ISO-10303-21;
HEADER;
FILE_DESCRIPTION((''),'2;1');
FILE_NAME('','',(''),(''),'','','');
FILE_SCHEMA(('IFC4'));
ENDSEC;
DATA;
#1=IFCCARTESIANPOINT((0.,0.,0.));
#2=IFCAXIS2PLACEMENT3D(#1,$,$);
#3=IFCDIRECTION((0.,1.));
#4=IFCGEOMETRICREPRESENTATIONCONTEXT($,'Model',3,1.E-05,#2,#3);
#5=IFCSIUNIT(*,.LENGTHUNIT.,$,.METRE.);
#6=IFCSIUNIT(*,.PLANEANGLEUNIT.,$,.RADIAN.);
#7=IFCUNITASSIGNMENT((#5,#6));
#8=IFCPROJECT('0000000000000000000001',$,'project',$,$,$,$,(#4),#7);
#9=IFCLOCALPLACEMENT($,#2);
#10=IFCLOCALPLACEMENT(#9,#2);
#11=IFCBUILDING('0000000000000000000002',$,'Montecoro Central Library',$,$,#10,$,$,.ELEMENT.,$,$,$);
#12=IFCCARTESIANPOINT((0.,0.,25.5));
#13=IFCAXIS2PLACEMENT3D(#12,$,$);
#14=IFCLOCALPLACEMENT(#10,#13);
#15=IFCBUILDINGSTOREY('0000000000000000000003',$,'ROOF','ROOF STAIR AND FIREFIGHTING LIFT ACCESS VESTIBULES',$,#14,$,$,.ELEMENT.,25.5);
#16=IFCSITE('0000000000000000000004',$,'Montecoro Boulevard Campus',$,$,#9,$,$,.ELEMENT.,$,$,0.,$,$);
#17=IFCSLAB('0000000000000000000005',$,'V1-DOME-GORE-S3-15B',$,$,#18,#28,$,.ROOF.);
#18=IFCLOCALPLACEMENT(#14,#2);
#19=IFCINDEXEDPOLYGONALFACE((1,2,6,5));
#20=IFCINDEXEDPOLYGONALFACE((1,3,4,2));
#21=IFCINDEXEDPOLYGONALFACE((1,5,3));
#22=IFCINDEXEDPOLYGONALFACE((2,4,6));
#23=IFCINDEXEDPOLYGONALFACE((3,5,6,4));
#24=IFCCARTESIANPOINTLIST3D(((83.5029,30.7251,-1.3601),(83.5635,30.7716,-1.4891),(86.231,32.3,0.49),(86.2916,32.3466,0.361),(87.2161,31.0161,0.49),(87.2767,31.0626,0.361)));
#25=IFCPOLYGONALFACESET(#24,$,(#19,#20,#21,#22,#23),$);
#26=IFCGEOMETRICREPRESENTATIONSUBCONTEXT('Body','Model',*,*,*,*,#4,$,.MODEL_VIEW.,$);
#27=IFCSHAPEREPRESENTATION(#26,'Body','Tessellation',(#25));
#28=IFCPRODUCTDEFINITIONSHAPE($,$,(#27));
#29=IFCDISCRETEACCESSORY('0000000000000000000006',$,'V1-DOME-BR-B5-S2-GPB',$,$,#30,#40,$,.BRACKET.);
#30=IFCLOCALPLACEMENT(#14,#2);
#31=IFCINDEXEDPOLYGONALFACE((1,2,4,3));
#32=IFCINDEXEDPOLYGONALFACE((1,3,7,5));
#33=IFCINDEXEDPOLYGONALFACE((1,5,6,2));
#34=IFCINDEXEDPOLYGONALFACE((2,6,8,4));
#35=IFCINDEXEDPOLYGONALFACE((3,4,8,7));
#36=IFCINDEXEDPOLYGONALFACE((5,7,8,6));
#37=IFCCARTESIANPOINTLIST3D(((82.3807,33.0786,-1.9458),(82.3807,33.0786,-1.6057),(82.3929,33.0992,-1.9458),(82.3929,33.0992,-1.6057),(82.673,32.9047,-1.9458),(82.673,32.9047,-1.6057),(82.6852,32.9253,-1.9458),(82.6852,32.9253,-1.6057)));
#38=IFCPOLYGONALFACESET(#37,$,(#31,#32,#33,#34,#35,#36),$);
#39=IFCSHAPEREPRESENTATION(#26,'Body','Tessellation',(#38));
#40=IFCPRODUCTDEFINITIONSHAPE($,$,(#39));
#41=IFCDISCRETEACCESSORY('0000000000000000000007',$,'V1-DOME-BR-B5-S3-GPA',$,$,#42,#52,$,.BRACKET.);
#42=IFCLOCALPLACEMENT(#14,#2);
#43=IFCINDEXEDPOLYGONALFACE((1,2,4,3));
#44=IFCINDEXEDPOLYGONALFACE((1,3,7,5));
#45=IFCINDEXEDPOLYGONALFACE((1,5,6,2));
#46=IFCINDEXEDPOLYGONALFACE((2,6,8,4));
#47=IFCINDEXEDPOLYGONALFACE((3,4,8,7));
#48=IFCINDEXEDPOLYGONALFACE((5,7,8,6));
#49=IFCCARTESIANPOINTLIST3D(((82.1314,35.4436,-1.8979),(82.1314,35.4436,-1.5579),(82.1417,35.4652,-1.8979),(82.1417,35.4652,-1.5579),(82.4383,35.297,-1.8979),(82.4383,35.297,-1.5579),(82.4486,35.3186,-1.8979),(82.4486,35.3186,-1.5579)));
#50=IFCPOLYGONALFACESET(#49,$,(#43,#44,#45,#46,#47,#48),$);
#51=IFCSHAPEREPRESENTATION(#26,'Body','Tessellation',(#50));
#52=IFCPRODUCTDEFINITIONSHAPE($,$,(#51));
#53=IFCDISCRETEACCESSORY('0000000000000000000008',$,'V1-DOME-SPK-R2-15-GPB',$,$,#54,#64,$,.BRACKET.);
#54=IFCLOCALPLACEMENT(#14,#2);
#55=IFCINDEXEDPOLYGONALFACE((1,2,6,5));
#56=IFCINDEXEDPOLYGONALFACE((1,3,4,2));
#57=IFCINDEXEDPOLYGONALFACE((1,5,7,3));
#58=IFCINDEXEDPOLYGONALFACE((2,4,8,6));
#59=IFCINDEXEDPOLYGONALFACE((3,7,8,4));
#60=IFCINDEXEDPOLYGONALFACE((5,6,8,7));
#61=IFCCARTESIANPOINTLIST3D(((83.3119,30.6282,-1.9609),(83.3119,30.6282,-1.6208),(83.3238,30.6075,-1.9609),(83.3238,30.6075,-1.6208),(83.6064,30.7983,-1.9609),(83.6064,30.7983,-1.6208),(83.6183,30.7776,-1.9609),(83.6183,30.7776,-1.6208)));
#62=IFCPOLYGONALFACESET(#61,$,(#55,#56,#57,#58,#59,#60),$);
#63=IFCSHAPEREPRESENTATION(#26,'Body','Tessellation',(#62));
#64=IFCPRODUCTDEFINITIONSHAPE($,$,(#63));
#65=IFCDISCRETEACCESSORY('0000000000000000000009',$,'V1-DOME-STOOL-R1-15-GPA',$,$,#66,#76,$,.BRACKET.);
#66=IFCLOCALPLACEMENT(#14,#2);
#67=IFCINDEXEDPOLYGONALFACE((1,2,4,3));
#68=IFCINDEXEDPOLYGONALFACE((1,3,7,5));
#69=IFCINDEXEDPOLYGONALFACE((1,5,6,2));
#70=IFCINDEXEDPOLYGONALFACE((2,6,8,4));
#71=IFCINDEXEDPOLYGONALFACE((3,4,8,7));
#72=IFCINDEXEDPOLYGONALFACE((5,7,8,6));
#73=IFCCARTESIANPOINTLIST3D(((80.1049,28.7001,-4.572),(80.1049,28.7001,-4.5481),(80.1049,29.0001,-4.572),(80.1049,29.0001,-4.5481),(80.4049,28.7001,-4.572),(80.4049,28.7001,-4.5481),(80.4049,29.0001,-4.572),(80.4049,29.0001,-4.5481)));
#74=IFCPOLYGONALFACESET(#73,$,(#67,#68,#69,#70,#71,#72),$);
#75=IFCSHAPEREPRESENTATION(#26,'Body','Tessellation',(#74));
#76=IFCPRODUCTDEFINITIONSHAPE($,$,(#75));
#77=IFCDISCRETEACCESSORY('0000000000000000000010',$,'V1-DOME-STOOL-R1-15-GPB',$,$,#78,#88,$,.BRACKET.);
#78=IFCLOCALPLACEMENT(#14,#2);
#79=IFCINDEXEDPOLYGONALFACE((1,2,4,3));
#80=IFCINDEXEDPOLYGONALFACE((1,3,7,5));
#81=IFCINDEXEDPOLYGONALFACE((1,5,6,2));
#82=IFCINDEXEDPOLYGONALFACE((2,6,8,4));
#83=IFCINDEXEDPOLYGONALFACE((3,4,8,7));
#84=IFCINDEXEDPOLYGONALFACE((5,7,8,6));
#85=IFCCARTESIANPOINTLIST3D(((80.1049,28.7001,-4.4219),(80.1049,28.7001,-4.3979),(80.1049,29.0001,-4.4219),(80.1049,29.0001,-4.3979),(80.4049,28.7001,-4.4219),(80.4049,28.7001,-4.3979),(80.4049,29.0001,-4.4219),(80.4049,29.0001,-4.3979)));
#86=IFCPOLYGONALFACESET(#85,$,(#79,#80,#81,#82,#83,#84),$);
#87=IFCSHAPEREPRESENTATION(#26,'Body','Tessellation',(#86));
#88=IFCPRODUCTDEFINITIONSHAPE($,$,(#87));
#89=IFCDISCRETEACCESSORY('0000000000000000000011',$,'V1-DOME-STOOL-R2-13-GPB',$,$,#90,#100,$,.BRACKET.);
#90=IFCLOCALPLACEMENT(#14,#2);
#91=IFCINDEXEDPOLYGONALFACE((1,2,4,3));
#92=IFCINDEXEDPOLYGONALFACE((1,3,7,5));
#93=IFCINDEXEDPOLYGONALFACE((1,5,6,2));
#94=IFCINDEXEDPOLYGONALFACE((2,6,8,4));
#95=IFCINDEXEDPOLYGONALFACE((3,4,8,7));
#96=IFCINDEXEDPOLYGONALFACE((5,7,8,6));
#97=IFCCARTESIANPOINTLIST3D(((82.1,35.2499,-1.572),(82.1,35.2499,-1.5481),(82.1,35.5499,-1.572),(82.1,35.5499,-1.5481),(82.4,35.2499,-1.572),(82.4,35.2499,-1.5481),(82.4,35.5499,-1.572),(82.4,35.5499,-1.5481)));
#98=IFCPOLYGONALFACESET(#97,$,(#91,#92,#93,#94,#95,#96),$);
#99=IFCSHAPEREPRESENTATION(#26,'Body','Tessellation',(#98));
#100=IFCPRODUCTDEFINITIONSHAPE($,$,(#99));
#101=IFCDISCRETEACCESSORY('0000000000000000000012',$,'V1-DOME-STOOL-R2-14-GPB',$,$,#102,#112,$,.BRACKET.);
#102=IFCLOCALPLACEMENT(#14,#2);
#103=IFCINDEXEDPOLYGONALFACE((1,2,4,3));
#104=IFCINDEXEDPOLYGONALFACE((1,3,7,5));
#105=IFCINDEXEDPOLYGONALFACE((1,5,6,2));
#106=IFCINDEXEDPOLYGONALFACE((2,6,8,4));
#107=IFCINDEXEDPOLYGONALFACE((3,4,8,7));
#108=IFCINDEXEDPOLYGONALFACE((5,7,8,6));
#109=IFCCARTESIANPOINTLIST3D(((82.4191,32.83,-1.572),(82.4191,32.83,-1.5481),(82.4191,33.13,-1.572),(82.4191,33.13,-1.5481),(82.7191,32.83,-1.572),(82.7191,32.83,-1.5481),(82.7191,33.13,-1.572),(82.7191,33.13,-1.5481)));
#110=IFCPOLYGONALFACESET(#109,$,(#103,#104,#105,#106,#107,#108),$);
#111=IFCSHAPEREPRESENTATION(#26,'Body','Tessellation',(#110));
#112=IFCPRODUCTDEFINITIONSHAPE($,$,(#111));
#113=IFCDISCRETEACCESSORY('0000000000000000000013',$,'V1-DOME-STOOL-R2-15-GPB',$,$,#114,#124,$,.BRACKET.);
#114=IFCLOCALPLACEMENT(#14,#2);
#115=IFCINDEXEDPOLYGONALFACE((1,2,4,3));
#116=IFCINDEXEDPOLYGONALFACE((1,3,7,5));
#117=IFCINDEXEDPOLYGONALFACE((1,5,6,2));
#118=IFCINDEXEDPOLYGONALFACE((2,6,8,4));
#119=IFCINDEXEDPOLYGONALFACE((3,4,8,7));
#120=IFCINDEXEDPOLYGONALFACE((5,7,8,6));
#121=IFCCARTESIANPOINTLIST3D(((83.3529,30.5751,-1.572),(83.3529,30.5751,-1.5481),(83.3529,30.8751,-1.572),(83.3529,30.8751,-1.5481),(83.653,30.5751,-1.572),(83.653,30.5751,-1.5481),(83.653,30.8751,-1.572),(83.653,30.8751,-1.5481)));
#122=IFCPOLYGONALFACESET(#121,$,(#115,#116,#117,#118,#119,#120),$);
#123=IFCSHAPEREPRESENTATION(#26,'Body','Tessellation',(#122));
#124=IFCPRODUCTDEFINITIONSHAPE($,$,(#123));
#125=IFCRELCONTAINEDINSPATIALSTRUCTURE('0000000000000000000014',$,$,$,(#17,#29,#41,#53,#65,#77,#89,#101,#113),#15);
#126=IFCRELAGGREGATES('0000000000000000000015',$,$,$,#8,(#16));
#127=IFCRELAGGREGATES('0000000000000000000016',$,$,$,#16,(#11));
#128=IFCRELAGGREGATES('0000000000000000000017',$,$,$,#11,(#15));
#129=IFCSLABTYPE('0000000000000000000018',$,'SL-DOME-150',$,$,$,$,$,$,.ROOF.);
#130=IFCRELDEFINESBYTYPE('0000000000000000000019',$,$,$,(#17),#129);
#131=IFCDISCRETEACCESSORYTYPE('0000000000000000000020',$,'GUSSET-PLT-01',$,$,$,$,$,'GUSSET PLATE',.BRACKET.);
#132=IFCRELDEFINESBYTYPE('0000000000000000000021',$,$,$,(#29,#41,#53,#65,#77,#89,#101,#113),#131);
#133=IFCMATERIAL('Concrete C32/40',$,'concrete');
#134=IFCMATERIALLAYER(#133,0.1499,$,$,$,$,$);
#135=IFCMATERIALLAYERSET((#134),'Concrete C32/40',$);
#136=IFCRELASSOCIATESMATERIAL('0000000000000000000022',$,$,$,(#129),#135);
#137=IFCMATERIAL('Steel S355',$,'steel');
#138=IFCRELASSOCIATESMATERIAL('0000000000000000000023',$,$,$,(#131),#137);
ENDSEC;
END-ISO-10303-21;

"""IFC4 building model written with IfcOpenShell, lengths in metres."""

from ifc_helpers import new_model, si_unit, direction, frame, origin, origin_2d, place, context, subcontext, project, spatial, polyline, rectangle, outline, extrude, material, layer, layer_set, type_object, element, save


model = new_model("IFC4")

# Units and contexts
model_context = context("Model", 3, precision=1e-05, world=origin(), true_north=direction((0.0, 1.0)))
body_context = subcontext(model_context, "Body", "Model", "MODEL_VIEW")
ifc_project = project(units=[si_unit("LENGTHUNIT", "METRE"), si_unit("PLANEANGLEUNIT", "RADIAN")], contexts=[model_context])

# Site, building, storey
site_placement = place(None, origin())
site = spatial("IfcSite", under=ifc_project, at=site_placement, Name="Montecoro Boulevard Campus", CompositionType="ELEMENT", RefElevation=0.0)
building_placement = place(site_placement, origin())
building = spatial("IfcBuilding", under=site, at=building_placement, Name="Montecoro Central Library", CompositionType="ELEMENT")
storey_placement = place(building_placement, frame((0.0, 0.0, 25.5)))
storey = spatial("IfcBuildingStorey", under=building, at=storey_placement, Name="ROOF", Description="ROOF STAIR AND FIREFIGHTING LIFT ACCESS VESTIBULES", CompositionType="ELEMENT", Elevation=25.5)

# Shared definitions
ifc_material_1 = material(Name="Steel S355", Category="steel")

# Slab
ifc_material_2 = material(Name="Concrete C32/40", Category="concrete")
ifc_layer = layer(ifc_material_2, 0.1499)
ifc_layer_set = layer_set([ifc_layer], Name="Concrete C32/40")
slab_type = type_object("IfcSlabType", Name="SL-DOME-150", PredefinedType="ROOF", material=ifc_layer_set)
slab_1_placement = place(storey_placement, frame((83.5029, 30.7251, -1.3601), z_axis=(-0.404368, -0.310254, 0.860366), x_axis=(0.892856, 0.069977, 0.444872)))
element("IfcSlab", 1, at=slab_1_placement, inside=storey, type_object=slab_type, Name="V1-DOME-GORE-S3-15B", PredefinedType="ROOF", context=body_context, shape_type="SweptSolid", body=[
    extrude(outline(polyline([(0.0, 0.0), (4.1587, 0.0), (3.369, 1.4125), (0.0, 0.0)])), origin(), (0.0, 0.0, -1.0), 0.1499),
])

# Discrete accessories
discrete_accessory_type = type_object("IfcDiscreteAccessoryType", Name="GUSSET-PLT-01", ElementType="GUSSET PLATE", PredefinedType="BRACKET", material=ifc_material_1)
for number, where, z_axis, x_axis, name in (
    (2, (82.533, 33.002, -1.9458), (0.0, 0.0, 1.0), (0.859406, -0.511293, 0.0), "V1-DOME-BR-B5-S2-GPB"),
    (3, (82.29, 35.3811, -1.8979), (0.0, 0.0, 1.0), (0.902435, -0.430826, 0.0), "V1-DOME-BR-B5-S3-GPA"),
    (4, (83.4651, 30.7029, -1.9609), (0.0, 0.0, 1.0), (0.865938, 0.500151, 0.0), "V1-DOME-SPK-R2-15-GPB"),
):
    element("IfcDiscreteAccessory", number, at=place(storey_placement, frame(where, z_axis=z_axis, x_axis=x_axis)), inside=storey, type_object=discrete_accessory_type, Name=name, PredefinedType="BRACKET", context=body_context, shape_type="SweptSolid", body=[
        extrude(rectangle(XDim=0.3401, YDim=0.0239, at=origin_2d()), origin(), (0.0, 0.0, 1.0), 0.3401),
    ])
for number, where, z_axis, x_axis, name in (
    (5, (80.2549, 28.8501, -4.572), (0.0, 0.0, 1.0), (1.0, 0.0, 0.0), "V1-DOME-STOOL-R1-15-GPA"),
    (6, (80.2549, 28.8501, -4.4219), (0.0, 0.0, 1.0), (1.0, 0.0, 0.0), "V1-DOME-STOOL-R1-15-GPB"),
    (7, (82.25, 35.3999, -1.572), (0.0, 0.0, 1.0), (1.0, 0.0, 0.0), "V1-DOME-STOOL-R2-13-GPB"),
    (8, (82.5691, 32.98, -1.572), (0.0, 0.0, 1.0), (1.0, 0.0, 0.0), "V1-DOME-STOOL-R2-14-GPB"),
    (9, (83.5029, 30.7251, -1.572), (0.0, 0.0, 1.0), (1.0, 0.0, 0.0), "V1-DOME-STOOL-R2-15-GPB"),
):
    element("IfcDiscreteAccessory", number, at=place(storey_placement, frame(where, z_axis=z_axis, x_axis=x_axis)), inside=storey, type_object=discrete_accessory_type, Name=name, PredefinedType="BRACKET", context=body_context, shape_type="SweptSolid", body=[
        extrude(rectangle(XDim=0.3, YDim=0.3, at=origin_2d()), origin(), (0.0, 0.0, 1.0), 0.0239),
    ])

save(model, "model.ifc")
